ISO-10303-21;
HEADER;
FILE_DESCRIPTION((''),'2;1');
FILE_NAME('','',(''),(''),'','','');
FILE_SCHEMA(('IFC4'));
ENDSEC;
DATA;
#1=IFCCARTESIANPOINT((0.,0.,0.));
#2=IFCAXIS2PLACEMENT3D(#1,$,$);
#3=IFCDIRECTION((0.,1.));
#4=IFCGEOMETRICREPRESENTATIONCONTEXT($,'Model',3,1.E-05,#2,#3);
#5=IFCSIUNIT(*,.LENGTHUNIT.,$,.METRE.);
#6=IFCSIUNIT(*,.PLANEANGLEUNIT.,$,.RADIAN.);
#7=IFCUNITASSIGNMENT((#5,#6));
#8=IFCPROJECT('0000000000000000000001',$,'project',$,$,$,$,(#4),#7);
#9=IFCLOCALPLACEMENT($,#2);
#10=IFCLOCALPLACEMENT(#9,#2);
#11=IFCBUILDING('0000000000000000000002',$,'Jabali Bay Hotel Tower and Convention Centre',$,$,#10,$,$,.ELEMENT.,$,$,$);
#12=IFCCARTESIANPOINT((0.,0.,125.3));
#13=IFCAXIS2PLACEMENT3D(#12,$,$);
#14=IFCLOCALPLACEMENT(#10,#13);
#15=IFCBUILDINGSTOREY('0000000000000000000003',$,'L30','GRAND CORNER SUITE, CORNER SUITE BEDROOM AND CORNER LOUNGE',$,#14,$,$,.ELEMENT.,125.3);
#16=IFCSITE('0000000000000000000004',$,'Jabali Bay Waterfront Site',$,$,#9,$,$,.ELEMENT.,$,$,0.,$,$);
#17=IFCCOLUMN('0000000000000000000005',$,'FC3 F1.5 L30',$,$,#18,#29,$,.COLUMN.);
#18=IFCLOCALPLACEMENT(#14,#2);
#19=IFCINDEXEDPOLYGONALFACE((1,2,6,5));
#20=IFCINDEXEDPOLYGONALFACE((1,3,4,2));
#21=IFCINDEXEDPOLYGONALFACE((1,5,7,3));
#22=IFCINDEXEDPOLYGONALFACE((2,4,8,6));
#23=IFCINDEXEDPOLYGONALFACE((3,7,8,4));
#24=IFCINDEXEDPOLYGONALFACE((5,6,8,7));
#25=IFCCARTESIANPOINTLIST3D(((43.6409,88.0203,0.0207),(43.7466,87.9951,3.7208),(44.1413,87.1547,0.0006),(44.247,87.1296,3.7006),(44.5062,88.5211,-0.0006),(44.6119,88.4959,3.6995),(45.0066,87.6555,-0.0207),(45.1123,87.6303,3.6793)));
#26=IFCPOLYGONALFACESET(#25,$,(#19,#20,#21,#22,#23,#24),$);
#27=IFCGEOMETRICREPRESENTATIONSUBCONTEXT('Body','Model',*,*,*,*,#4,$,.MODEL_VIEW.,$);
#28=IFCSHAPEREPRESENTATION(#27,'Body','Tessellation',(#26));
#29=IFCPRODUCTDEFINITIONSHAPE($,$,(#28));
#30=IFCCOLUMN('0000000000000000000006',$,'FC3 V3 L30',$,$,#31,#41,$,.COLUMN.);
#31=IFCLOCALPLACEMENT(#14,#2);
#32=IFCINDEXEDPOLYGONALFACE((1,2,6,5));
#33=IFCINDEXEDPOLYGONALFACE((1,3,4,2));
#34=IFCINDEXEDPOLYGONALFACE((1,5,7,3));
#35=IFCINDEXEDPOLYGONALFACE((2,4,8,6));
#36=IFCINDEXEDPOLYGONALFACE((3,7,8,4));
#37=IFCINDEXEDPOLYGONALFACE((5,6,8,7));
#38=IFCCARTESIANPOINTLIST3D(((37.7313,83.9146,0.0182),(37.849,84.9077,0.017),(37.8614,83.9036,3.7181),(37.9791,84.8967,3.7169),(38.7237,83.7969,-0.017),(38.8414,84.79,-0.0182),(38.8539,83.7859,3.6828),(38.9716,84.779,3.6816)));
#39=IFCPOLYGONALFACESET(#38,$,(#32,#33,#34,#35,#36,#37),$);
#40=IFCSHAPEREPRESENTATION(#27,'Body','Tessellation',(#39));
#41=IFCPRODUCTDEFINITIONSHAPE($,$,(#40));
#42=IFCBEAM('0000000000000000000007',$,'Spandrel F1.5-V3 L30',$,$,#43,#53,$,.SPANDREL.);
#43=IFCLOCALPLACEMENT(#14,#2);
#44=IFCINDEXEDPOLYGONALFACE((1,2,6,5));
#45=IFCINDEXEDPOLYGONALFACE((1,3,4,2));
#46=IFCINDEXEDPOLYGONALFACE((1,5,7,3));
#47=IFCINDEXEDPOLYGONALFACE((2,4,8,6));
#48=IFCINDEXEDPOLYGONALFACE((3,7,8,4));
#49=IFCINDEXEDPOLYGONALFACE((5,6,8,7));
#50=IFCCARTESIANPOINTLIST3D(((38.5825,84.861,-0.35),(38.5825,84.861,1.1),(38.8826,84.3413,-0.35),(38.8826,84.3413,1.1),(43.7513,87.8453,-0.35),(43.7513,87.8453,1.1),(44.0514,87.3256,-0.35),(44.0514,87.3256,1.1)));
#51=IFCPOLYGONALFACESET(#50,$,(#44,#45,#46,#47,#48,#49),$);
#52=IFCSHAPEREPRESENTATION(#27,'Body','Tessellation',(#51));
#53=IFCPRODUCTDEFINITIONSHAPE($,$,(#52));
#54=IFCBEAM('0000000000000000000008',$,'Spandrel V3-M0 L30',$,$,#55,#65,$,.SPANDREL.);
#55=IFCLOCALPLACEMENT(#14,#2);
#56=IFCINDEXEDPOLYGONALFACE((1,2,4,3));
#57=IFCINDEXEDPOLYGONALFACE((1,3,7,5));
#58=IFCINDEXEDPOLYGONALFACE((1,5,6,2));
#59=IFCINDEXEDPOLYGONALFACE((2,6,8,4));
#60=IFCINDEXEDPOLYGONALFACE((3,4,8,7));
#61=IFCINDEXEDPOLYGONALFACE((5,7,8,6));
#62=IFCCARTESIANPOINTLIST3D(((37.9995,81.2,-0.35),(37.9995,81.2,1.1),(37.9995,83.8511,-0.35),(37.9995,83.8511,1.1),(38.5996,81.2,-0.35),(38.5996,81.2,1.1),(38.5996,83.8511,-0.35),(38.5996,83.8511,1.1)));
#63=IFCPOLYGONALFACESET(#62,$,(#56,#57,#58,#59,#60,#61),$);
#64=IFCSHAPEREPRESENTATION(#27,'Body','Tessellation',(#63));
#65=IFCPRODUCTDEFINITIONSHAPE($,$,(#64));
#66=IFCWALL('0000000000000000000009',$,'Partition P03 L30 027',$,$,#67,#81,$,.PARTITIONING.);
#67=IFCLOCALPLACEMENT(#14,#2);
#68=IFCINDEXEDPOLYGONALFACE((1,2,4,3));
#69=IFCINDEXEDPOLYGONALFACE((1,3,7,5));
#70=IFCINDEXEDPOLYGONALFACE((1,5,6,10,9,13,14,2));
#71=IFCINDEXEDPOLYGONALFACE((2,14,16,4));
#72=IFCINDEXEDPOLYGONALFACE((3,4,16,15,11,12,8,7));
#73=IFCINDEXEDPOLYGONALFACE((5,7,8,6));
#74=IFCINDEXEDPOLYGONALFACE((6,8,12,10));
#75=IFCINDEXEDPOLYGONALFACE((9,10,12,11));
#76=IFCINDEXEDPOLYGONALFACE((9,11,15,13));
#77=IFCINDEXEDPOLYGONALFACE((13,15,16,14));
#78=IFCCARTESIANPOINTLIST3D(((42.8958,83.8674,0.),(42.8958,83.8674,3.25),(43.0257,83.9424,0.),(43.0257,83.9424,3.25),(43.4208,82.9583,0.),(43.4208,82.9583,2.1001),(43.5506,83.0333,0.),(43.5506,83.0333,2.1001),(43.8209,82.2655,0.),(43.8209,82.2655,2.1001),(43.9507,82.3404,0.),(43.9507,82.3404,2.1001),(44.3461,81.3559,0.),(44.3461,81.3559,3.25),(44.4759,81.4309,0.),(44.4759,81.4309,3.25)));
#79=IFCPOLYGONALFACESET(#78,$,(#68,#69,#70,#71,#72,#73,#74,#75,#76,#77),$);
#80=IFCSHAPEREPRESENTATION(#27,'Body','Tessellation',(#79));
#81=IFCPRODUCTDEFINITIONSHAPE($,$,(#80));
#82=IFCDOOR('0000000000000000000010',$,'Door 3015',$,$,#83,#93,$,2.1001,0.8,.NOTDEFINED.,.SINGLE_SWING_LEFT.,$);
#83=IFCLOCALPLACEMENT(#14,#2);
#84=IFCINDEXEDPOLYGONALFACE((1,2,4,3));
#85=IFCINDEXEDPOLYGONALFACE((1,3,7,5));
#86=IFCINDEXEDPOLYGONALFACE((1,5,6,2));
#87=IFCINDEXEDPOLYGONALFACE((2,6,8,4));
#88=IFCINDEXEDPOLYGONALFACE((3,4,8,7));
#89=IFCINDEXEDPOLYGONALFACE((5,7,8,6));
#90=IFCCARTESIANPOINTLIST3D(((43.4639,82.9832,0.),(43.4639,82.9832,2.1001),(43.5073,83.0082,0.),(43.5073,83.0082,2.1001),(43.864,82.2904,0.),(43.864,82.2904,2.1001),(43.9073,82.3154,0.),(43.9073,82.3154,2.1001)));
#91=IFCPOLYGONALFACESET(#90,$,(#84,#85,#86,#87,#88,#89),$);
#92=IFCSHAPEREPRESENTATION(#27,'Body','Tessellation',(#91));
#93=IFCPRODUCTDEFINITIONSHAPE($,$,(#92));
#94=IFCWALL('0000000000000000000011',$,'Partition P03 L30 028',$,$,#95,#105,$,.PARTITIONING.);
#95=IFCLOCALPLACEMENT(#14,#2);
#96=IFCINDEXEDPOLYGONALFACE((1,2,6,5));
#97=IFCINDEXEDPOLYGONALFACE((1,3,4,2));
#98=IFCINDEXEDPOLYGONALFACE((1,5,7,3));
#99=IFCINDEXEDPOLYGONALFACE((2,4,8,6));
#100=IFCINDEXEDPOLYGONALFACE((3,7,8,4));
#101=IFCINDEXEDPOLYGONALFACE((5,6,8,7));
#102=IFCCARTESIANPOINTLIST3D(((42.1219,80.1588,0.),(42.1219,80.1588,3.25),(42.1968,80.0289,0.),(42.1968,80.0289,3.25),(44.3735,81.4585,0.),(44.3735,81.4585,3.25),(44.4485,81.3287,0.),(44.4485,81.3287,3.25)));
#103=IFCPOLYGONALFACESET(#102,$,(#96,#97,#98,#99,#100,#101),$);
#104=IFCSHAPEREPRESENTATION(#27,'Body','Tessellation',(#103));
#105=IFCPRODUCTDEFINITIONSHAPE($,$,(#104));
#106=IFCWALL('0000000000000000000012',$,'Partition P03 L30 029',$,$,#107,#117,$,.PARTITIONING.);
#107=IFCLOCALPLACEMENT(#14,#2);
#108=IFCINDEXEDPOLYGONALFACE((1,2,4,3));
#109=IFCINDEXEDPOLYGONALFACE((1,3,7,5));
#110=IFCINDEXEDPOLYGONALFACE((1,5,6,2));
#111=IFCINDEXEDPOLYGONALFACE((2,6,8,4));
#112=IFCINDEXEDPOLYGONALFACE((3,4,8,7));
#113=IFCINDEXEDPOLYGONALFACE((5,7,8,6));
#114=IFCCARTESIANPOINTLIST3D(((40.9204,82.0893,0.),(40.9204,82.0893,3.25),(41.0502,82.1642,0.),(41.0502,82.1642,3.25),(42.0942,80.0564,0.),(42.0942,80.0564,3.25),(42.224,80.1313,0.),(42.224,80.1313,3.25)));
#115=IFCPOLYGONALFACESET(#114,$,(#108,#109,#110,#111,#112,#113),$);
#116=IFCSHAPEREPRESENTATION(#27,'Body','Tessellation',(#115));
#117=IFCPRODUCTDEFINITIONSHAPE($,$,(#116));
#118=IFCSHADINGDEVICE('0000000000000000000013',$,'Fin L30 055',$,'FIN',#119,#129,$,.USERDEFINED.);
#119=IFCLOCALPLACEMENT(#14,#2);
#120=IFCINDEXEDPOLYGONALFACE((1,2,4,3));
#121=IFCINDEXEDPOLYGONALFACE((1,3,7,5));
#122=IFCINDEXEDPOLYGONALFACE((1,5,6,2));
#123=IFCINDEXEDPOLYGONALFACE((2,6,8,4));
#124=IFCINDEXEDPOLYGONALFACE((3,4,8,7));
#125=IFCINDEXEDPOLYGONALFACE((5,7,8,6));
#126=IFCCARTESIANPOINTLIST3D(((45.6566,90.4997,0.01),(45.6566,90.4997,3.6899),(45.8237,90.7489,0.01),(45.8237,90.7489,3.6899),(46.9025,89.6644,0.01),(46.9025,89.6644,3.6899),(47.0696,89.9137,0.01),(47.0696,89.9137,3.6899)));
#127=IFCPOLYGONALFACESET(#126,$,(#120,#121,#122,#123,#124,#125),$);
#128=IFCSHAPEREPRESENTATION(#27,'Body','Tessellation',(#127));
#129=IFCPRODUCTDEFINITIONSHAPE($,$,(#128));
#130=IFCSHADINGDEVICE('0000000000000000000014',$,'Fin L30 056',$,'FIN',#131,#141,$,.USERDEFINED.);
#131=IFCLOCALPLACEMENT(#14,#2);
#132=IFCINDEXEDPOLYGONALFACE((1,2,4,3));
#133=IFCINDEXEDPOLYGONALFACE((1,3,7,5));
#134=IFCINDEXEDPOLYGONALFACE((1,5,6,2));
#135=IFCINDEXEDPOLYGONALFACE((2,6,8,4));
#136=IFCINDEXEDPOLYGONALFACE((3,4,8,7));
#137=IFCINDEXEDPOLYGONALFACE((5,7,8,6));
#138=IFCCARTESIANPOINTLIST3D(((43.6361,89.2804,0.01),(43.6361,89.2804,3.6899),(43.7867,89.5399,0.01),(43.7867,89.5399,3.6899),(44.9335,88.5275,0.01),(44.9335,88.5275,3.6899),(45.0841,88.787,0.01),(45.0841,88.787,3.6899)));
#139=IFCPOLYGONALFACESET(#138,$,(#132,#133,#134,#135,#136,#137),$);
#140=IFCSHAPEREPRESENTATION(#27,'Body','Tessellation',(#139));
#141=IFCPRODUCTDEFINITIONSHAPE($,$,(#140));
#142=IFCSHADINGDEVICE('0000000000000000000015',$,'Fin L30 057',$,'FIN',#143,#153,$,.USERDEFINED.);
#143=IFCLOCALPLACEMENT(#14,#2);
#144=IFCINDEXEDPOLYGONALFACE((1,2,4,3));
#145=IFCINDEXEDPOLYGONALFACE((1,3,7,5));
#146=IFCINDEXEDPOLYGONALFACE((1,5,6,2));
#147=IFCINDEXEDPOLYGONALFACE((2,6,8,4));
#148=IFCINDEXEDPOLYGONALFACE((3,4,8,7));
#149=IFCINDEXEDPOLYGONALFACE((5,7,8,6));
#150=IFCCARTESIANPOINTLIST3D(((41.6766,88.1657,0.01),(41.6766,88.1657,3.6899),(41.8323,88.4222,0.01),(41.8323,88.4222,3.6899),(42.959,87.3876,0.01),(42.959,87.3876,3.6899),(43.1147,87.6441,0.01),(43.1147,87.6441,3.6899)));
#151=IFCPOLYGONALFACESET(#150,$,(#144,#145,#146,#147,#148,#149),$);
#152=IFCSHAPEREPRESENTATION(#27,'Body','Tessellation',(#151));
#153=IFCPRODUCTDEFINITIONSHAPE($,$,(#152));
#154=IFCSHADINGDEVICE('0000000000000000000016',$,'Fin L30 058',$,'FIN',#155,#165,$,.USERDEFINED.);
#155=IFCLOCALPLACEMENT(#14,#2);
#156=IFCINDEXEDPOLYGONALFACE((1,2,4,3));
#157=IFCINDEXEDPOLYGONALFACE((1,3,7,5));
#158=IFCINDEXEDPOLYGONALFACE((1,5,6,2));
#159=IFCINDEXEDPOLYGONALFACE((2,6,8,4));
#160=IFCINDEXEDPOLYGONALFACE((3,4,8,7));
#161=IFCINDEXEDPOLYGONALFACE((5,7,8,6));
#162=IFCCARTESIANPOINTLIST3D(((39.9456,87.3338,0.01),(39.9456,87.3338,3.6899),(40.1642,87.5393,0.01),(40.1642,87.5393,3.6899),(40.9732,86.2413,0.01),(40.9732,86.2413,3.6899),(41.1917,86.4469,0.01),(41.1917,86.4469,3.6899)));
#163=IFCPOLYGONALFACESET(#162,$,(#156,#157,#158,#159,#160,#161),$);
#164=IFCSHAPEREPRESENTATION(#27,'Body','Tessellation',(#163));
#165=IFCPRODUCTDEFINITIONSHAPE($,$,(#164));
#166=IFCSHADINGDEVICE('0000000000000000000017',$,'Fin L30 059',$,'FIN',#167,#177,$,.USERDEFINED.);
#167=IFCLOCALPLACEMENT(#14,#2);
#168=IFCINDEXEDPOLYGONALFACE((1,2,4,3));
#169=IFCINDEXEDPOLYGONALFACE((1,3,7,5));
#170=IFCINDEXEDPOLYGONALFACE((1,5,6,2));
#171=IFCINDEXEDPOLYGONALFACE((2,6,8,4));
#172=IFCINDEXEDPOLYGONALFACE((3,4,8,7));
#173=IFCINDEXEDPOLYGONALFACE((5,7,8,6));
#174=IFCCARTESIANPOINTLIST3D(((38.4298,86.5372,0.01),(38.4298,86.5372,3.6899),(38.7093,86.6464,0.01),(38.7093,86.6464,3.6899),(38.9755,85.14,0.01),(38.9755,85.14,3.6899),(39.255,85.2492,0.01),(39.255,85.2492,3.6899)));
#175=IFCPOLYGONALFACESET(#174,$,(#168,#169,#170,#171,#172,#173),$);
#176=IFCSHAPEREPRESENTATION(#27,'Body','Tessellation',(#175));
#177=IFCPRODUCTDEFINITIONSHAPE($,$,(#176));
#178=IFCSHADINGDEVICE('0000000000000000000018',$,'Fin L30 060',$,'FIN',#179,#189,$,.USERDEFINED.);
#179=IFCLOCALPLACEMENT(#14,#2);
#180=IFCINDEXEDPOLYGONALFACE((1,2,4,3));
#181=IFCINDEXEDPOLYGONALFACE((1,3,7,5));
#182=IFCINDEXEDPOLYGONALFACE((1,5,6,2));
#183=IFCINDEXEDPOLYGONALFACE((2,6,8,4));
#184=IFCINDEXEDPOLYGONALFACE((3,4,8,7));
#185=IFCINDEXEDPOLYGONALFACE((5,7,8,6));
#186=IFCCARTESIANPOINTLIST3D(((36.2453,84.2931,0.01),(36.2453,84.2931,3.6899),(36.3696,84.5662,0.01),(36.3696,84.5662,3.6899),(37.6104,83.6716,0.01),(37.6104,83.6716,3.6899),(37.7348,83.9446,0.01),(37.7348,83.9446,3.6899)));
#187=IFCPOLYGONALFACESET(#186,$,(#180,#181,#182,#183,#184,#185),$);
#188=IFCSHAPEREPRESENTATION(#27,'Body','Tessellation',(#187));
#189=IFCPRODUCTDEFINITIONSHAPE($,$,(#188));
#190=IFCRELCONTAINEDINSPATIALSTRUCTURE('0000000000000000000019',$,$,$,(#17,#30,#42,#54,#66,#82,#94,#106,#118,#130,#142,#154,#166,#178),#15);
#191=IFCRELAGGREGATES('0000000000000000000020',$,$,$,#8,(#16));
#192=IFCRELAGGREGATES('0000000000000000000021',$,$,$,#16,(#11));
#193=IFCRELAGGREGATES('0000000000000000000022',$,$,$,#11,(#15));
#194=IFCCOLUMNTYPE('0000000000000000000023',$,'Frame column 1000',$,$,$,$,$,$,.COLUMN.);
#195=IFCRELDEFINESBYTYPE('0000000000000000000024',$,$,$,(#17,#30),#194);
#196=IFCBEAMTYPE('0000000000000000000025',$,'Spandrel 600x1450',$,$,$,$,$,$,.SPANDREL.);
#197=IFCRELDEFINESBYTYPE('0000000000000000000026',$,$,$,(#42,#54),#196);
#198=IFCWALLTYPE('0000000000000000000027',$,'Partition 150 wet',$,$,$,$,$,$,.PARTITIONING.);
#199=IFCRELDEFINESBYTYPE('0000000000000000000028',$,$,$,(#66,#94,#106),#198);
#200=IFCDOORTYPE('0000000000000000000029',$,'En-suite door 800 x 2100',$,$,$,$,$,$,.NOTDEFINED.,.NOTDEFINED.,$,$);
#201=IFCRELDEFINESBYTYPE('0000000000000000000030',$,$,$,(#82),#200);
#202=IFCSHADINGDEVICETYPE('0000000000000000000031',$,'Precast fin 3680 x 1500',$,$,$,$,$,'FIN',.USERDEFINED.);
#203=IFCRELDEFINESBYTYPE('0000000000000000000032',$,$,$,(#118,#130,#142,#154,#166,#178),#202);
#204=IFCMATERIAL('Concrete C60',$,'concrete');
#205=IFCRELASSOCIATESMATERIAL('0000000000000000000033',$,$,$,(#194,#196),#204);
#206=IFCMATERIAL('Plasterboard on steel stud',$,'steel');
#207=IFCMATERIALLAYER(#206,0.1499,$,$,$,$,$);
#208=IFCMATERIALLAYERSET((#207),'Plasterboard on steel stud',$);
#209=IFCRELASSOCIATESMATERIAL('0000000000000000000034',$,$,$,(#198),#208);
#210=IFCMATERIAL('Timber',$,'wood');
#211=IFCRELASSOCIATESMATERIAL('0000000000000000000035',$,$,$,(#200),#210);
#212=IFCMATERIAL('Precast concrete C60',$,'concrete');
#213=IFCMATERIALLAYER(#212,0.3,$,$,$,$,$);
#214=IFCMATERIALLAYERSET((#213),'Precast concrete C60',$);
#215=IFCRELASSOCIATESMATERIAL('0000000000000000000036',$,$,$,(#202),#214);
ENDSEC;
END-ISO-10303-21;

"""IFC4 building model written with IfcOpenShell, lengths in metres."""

from ifc_helpers import new_model, si_unit, direction, frame, frame_2d, origin, origin_2d, place, context, subcontext, project, spatial, rectangle, extrude, material, layer, layer_set, material_profile, profile_set, type_object, element, fill, save


model = new_model("IFC4")

# Units and contexts
model_context = context("Model", 3, precision=1e-05, world=origin(), true_north=direction((0.0, 1.0)))
body_context = subcontext(model_context, "Body", "Model", "MODEL_VIEW")
ifc_project = project(units=[si_unit("LENGTHUNIT", "METRE"), si_unit("PLANEANGLEUNIT", "RADIAN")], contexts=[model_context])

# Site, building, storey
site_placement = place(None, origin())
site = spatial("IfcSite", under=ifc_project, at=site_placement, Name="Jabali Bay Waterfront Site", CompositionType="ELEMENT", RefElevation=0.0)
building_placement = place(site_placement, origin())
building = spatial("IfcBuilding", under=site, at=building_placement, Name="Jabali Bay Hotel Tower and Convention Centre", CompositionType="ELEMENT")
storey_placement = place(building_placement, frame((0.0, 0.0, 125.3)))
storey = spatial("IfcBuildingStorey", under=building, at=storey_placement, Name="L30", Description="GRAND CORNER SUITE, CORNER SUITE BEDROOM AND CORNER LOUNGE", CompositionType="ELEMENT", Elevation=125.3)

# Columns
ifc_material_1 = material(Name="Concrete C60", Category="concrete")
ifc_material_profile_1 = material_profile(ifc_material_1, rectangle(XDim=1.0, YDim=1.0, at=origin_2d()), Name="Frame column 1000")
ifc_profile_set_1 = profile_set([ifc_material_profile_1], Name="Concrete C60")
column_type = type_object("IfcColumnType", Name="Frame column 1000", PredefinedType="COLUMN", material=ifc_profile_set_1)
column_1_placement = place(storey_placement, frame((44.3237, 87.8379, 0.0), z_axis=(0.028559, -0.006794, 0.999569), x_axis=(-0.500406, 0.865556, 0.02018)))
element("IfcColumn", 1, at=column_1_placement, inside=storey, type_object=column_type, Name="FC3 F1.5 L30", PredefinedType="COLUMN", context=body_context, shape_type="SweptSolid", body=[
    extrude(rectangle(XDim=1.0, YDim=1.0, at=origin_2d()), origin(), (0.0, 0.0, 1.0), 3.7017),
])
column_2_placement = place(storey_placement, frame((38.2864, 84.3523, 0.0), z_axis=(0.035148, -0.002967, 0.999378), x_axis=(-0.992427, 0.11767, 0.035253)))
element("IfcColumn", 2, at=column_2_placement, inside=storey, type_object=column_type, Name="FC3 V3 L30", PredefinedType="COLUMN", context=body_context, shape_type="SweptSolid", body=[
    extrude(rectangle(XDim=1.0, YDim=1.0, at=origin_2d()), origin(), (0.0, 0.0, 1.0), 3.7021),
])

# Beams
ifc_material_profile_2 = material_profile(ifc_material_1, rectangle(XDim=0.6001, YDim=1.45, at=origin_2d()), Name="Spandrel 600x1450")
ifc_profile_set_2 = profile_set([ifc_material_profile_2], Name="Concrete C60")
beam_type = type_object("IfcBeamType", Name="Spandrel 600x1450", PredefinedType="SPANDREL", material=ifc_profile_set_2)
beam_1_placement = place(storey_placement, frame((43.9014, 87.5854, 0.375), z_axis=(-0.866019, -0.50001, 0.0), x_axis=(0.50001, -0.866019, 0.0)))
element("IfcBeam", 3, at=beam_1_placement, inside=storey, type_object=beam_type, Name="Spandrel F1.5-V3 L30", PredefinedType="SPANDREL", context=body_context, shape_type="SweptSolid", body=[
    extrude(rectangle(XDim=0.6001, YDim=1.45, at=origin_2d()), origin(), (0.0, 0.0, 1.0), 5.9685),
])
beam_2_placement = place(storey_placement, frame((38.2996, 83.8511, 0.375), z_axis=(0.0, -1.0, 0.0), x_axis=(1.0, 0.0, 0.0)))
element("IfcBeam", 4, at=beam_2_placement, inside=storey, type_object=beam_type, Name="Spandrel V3-M0 L30", PredefinedType="SPANDREL", context=body_context, shape_type="SweptSolid", body=[
    extrude(rectangle(XDim=0.6001, YDim=1.45, at=origin_2d()), origin(), (0.0, 0.0, 1.0), 2.6511),
])

# Wall, opening, door
ifc_material_2 = material(Name="Plasterboard on steel stud", Category="steel")
ifc_layer_1 = layer(ifc_material_2, 0.1499)
ifc_layer_set_1 = layer_set([ifc_layer_1], Name="Plasterboard on steel stud")
wall_type_1 = type_object("IfcWallType", Name="Partition 150 wet", PredefinedType="PARTITIONING", material=ifc_layer_set_1)
wall_1_placement = place(storey_placement, frame((42.9607, 83.905, 0.0), z_axis=(0.0, 0.0, 1.0), x_axis=(0.50005, -0.865996, 0.0)))
wall_1 = element("IfcWall", 5, at=wall_1_placement, inside=storey, type_object=wall_type_1, Name="Partition P03 L30 027", PredefinedType="PARTITIONING", context=body_context, shape_type="SweptSolid", body=[
    extrude(rectangle(XDim=2.9001, YDim=0.1499, at=frame_2d((1.4502, 0.0))), origin(), (0.0, 0.0, 1.0), 3.25),
])
opening_1_placement = place(wall_1_placement, frame((1.05, 0.0, 0.0)))
opening_1 = element("IfcOpeningElement", 6, at=opening_1_placement, cuts=wall_1, PredefinedType="OPENING", context=body_context, shape_type="SweptSolid", body=[
    extrude(rectangle(XDim=0.8, YDim=2.1001, at=frame_2d((0.3999, 1.05))), frame((0.0, 0.0854, 0.0), z_axis=(0.0, -1.0, 0.0), x_axis=(1.0, 0.0, 0.0)), (0.0, 0.0, 1.0), 0.1709),
])
ifc_material_3 = material(Name="Timber", Category="wood")
door_type_1 = type_object("IfcDoorType", Name="En-suite door 800 x 2100", OperationType="NOTDEFINED", PredefinedType="NOTDEFINED", material=ifc_material_3)
door_1_placement = place(opening_1_placement, origin())
door_1 = element("IfcDoor", 7, at=door_1_placement, inside=storey, type_object=door_type_1, Name="Door 3015", OperationType="SINGLE_SWING_LEFT", OverallHeight=2.1001, OverallWidth=0.8, PredefinedType="NOTDEFINED", context=body_context, shape_type="SweptSolid", body=[
    extrude(rectangle(XDim=0.8, YDim=2.1001, at=frame_2d((0.3999, 1.05))), frame((0.0, 0.0249, 0.0), z_axis=(0.0, -1.0, 0.0), x_axis=(1.0, 0.0, 0.0)), (0.0, 0.0, 1.0), 0.05),
])
fill(opening_1, door_1)

# Walls
wall_2_placement = place(storey_placement, frame((44.4109, 81.3936, 0.0), z_axis=(0.0, 0.0, 1.0), x_axis=(-0.866062, -0.499937, 0.0)))
element("IfcWall", 8, at=wall_2_placement, inside=storey, type_object=wall_type_1, Name="Partition P03 L30 028", PredefinedType="PARTITIONING", context=body_context, shape_type="SweptSolid", body=[
    extrude(rectangle(XDim=2.5999, YDim=0.1499, at=frame_2d((1.2998, 0.0))), origin(), (0.0, 0.0, 1.0), 3.25),
])
wall_3_placement = place(storey_placement, frame((42.1592, 80.0938, 0.0), z_axis=(0.0, 0.0, 1.0), x_axis=(-0.500032, 0.866007, 0.0)))
element("IfcWall", 9, at=wall_3_placement, inside=storey, type_object=wall_type_1, Name="Partition P03 L30 029", PredefinedType="PARTITIONING", context=body_context, shape_type="SweptSolid", body=[
    extrude(rectangle(XDim=2.3474, YDim=0.1499, at=frame_2d((1.1738, 0.0))), origin(), (0.0, 0.0, 1.0), 3.25),
])

# Shading devices
ifc_material_4 = material(Name="Precast concrete C60", Category="concrete")
ifc_layer_2 = layer(ifc_material_4, 0.3)
ifc_layer_set_2 = layer_set([ifc_layer_2], Name="Precast concrete C60")
shading_device_type = type_object("IfcShadingDeviceType", Name="Precast fin 3680 x 1500", ElementType="FIN", PredefinedType="USERDEFINED", material=ifc_layer_set_2)
for number, where, z_axis, x_axis, name in (
    (10, (46.9861, 89.7891, 0.01), (0.0, 0.0, 1.0), (-0.83062, 0.556839, 0.0), "Fin L30 055"),
    (11, (45.0088, 88.6572, 0.01), (0.0, 0.0, 1.0), (-0.864898, 0.501947, 0.0), "Fin L30 056"),
    (12, (43.0369, 87.5159, 0.01), (0.0, 0.0, 1.0), (-0.854955, 0.518702, 0.0), "Fin L30 057"),
):
    element("IfcShadingDevice", number, at=place(storey_placement, frame(where, z_axis=z_axis, x_axis=x_axis)), inside=storey, type_object=shading_device_type, Name=name, ObjectType="FIN", PredefinedType="USERDEFINED", context=body_context, shape_type="SweptSolid", body=[
        extrude(rectangle(XDim=1.5, YDim=0.3, at=frame_2d((0.75, 0.0))), origin(), (0.0, 0.0, 1.0), 3.6799),
    ])
shading_device_placement = place(storey_placement, frame((41.0825, 86.344, 0.01), z_axis=(0.0, 0.0, 1.0), x_axis=(-0.685126, 0.728425, 0.0)))
element("IfcShadingDevice", 13, at=shading_device_placement, inside=storey, type_object=shading_device_type, Name="Fin L30 058", ObjectType="FIN", PredefinedType="USERDEFINED", context=body_context, shape_type="SweptSolid", body=[
    extrude(rectangle(XDim=1.4998, YDim=0.3, at=frame_2d((0.75, 0.0))), origin(), (0.0, 0.0, 1.0), 3.6799),
])
for number, where, z_axis, x_axis, name in (
    (14, (39.1152, 85.1946, 0.01), (0.0, 0.0, 1.0), (-0.363773, 0.931488, 0.0), "Fin L30 059"),
    (15, (37.6726, 83.8081, 0.01), (0.0, 0.0, 1.0), (-0.91011, 0.414367, 0.0), "Fin L30 060"),
):
    element("IfcShadingDevice", number, at=place(storey_placement, frame(where, z_axis=z_axis, x_axis=x_axis)), inside=storey, type_object=shading_device_type, Name=name, ObjectType="FIN", PredefinedType="USERDEFINED", context=body_context, shape_type="SweptSolid", body=[
        extrude(rectangle(XDim=1.5, YDim=0.3, at=frame_2d((0.75, 0.0))), origin(), (0.0, 0.0, 1.0), 3.6799),
    ])

save(model, "model.ifc")
